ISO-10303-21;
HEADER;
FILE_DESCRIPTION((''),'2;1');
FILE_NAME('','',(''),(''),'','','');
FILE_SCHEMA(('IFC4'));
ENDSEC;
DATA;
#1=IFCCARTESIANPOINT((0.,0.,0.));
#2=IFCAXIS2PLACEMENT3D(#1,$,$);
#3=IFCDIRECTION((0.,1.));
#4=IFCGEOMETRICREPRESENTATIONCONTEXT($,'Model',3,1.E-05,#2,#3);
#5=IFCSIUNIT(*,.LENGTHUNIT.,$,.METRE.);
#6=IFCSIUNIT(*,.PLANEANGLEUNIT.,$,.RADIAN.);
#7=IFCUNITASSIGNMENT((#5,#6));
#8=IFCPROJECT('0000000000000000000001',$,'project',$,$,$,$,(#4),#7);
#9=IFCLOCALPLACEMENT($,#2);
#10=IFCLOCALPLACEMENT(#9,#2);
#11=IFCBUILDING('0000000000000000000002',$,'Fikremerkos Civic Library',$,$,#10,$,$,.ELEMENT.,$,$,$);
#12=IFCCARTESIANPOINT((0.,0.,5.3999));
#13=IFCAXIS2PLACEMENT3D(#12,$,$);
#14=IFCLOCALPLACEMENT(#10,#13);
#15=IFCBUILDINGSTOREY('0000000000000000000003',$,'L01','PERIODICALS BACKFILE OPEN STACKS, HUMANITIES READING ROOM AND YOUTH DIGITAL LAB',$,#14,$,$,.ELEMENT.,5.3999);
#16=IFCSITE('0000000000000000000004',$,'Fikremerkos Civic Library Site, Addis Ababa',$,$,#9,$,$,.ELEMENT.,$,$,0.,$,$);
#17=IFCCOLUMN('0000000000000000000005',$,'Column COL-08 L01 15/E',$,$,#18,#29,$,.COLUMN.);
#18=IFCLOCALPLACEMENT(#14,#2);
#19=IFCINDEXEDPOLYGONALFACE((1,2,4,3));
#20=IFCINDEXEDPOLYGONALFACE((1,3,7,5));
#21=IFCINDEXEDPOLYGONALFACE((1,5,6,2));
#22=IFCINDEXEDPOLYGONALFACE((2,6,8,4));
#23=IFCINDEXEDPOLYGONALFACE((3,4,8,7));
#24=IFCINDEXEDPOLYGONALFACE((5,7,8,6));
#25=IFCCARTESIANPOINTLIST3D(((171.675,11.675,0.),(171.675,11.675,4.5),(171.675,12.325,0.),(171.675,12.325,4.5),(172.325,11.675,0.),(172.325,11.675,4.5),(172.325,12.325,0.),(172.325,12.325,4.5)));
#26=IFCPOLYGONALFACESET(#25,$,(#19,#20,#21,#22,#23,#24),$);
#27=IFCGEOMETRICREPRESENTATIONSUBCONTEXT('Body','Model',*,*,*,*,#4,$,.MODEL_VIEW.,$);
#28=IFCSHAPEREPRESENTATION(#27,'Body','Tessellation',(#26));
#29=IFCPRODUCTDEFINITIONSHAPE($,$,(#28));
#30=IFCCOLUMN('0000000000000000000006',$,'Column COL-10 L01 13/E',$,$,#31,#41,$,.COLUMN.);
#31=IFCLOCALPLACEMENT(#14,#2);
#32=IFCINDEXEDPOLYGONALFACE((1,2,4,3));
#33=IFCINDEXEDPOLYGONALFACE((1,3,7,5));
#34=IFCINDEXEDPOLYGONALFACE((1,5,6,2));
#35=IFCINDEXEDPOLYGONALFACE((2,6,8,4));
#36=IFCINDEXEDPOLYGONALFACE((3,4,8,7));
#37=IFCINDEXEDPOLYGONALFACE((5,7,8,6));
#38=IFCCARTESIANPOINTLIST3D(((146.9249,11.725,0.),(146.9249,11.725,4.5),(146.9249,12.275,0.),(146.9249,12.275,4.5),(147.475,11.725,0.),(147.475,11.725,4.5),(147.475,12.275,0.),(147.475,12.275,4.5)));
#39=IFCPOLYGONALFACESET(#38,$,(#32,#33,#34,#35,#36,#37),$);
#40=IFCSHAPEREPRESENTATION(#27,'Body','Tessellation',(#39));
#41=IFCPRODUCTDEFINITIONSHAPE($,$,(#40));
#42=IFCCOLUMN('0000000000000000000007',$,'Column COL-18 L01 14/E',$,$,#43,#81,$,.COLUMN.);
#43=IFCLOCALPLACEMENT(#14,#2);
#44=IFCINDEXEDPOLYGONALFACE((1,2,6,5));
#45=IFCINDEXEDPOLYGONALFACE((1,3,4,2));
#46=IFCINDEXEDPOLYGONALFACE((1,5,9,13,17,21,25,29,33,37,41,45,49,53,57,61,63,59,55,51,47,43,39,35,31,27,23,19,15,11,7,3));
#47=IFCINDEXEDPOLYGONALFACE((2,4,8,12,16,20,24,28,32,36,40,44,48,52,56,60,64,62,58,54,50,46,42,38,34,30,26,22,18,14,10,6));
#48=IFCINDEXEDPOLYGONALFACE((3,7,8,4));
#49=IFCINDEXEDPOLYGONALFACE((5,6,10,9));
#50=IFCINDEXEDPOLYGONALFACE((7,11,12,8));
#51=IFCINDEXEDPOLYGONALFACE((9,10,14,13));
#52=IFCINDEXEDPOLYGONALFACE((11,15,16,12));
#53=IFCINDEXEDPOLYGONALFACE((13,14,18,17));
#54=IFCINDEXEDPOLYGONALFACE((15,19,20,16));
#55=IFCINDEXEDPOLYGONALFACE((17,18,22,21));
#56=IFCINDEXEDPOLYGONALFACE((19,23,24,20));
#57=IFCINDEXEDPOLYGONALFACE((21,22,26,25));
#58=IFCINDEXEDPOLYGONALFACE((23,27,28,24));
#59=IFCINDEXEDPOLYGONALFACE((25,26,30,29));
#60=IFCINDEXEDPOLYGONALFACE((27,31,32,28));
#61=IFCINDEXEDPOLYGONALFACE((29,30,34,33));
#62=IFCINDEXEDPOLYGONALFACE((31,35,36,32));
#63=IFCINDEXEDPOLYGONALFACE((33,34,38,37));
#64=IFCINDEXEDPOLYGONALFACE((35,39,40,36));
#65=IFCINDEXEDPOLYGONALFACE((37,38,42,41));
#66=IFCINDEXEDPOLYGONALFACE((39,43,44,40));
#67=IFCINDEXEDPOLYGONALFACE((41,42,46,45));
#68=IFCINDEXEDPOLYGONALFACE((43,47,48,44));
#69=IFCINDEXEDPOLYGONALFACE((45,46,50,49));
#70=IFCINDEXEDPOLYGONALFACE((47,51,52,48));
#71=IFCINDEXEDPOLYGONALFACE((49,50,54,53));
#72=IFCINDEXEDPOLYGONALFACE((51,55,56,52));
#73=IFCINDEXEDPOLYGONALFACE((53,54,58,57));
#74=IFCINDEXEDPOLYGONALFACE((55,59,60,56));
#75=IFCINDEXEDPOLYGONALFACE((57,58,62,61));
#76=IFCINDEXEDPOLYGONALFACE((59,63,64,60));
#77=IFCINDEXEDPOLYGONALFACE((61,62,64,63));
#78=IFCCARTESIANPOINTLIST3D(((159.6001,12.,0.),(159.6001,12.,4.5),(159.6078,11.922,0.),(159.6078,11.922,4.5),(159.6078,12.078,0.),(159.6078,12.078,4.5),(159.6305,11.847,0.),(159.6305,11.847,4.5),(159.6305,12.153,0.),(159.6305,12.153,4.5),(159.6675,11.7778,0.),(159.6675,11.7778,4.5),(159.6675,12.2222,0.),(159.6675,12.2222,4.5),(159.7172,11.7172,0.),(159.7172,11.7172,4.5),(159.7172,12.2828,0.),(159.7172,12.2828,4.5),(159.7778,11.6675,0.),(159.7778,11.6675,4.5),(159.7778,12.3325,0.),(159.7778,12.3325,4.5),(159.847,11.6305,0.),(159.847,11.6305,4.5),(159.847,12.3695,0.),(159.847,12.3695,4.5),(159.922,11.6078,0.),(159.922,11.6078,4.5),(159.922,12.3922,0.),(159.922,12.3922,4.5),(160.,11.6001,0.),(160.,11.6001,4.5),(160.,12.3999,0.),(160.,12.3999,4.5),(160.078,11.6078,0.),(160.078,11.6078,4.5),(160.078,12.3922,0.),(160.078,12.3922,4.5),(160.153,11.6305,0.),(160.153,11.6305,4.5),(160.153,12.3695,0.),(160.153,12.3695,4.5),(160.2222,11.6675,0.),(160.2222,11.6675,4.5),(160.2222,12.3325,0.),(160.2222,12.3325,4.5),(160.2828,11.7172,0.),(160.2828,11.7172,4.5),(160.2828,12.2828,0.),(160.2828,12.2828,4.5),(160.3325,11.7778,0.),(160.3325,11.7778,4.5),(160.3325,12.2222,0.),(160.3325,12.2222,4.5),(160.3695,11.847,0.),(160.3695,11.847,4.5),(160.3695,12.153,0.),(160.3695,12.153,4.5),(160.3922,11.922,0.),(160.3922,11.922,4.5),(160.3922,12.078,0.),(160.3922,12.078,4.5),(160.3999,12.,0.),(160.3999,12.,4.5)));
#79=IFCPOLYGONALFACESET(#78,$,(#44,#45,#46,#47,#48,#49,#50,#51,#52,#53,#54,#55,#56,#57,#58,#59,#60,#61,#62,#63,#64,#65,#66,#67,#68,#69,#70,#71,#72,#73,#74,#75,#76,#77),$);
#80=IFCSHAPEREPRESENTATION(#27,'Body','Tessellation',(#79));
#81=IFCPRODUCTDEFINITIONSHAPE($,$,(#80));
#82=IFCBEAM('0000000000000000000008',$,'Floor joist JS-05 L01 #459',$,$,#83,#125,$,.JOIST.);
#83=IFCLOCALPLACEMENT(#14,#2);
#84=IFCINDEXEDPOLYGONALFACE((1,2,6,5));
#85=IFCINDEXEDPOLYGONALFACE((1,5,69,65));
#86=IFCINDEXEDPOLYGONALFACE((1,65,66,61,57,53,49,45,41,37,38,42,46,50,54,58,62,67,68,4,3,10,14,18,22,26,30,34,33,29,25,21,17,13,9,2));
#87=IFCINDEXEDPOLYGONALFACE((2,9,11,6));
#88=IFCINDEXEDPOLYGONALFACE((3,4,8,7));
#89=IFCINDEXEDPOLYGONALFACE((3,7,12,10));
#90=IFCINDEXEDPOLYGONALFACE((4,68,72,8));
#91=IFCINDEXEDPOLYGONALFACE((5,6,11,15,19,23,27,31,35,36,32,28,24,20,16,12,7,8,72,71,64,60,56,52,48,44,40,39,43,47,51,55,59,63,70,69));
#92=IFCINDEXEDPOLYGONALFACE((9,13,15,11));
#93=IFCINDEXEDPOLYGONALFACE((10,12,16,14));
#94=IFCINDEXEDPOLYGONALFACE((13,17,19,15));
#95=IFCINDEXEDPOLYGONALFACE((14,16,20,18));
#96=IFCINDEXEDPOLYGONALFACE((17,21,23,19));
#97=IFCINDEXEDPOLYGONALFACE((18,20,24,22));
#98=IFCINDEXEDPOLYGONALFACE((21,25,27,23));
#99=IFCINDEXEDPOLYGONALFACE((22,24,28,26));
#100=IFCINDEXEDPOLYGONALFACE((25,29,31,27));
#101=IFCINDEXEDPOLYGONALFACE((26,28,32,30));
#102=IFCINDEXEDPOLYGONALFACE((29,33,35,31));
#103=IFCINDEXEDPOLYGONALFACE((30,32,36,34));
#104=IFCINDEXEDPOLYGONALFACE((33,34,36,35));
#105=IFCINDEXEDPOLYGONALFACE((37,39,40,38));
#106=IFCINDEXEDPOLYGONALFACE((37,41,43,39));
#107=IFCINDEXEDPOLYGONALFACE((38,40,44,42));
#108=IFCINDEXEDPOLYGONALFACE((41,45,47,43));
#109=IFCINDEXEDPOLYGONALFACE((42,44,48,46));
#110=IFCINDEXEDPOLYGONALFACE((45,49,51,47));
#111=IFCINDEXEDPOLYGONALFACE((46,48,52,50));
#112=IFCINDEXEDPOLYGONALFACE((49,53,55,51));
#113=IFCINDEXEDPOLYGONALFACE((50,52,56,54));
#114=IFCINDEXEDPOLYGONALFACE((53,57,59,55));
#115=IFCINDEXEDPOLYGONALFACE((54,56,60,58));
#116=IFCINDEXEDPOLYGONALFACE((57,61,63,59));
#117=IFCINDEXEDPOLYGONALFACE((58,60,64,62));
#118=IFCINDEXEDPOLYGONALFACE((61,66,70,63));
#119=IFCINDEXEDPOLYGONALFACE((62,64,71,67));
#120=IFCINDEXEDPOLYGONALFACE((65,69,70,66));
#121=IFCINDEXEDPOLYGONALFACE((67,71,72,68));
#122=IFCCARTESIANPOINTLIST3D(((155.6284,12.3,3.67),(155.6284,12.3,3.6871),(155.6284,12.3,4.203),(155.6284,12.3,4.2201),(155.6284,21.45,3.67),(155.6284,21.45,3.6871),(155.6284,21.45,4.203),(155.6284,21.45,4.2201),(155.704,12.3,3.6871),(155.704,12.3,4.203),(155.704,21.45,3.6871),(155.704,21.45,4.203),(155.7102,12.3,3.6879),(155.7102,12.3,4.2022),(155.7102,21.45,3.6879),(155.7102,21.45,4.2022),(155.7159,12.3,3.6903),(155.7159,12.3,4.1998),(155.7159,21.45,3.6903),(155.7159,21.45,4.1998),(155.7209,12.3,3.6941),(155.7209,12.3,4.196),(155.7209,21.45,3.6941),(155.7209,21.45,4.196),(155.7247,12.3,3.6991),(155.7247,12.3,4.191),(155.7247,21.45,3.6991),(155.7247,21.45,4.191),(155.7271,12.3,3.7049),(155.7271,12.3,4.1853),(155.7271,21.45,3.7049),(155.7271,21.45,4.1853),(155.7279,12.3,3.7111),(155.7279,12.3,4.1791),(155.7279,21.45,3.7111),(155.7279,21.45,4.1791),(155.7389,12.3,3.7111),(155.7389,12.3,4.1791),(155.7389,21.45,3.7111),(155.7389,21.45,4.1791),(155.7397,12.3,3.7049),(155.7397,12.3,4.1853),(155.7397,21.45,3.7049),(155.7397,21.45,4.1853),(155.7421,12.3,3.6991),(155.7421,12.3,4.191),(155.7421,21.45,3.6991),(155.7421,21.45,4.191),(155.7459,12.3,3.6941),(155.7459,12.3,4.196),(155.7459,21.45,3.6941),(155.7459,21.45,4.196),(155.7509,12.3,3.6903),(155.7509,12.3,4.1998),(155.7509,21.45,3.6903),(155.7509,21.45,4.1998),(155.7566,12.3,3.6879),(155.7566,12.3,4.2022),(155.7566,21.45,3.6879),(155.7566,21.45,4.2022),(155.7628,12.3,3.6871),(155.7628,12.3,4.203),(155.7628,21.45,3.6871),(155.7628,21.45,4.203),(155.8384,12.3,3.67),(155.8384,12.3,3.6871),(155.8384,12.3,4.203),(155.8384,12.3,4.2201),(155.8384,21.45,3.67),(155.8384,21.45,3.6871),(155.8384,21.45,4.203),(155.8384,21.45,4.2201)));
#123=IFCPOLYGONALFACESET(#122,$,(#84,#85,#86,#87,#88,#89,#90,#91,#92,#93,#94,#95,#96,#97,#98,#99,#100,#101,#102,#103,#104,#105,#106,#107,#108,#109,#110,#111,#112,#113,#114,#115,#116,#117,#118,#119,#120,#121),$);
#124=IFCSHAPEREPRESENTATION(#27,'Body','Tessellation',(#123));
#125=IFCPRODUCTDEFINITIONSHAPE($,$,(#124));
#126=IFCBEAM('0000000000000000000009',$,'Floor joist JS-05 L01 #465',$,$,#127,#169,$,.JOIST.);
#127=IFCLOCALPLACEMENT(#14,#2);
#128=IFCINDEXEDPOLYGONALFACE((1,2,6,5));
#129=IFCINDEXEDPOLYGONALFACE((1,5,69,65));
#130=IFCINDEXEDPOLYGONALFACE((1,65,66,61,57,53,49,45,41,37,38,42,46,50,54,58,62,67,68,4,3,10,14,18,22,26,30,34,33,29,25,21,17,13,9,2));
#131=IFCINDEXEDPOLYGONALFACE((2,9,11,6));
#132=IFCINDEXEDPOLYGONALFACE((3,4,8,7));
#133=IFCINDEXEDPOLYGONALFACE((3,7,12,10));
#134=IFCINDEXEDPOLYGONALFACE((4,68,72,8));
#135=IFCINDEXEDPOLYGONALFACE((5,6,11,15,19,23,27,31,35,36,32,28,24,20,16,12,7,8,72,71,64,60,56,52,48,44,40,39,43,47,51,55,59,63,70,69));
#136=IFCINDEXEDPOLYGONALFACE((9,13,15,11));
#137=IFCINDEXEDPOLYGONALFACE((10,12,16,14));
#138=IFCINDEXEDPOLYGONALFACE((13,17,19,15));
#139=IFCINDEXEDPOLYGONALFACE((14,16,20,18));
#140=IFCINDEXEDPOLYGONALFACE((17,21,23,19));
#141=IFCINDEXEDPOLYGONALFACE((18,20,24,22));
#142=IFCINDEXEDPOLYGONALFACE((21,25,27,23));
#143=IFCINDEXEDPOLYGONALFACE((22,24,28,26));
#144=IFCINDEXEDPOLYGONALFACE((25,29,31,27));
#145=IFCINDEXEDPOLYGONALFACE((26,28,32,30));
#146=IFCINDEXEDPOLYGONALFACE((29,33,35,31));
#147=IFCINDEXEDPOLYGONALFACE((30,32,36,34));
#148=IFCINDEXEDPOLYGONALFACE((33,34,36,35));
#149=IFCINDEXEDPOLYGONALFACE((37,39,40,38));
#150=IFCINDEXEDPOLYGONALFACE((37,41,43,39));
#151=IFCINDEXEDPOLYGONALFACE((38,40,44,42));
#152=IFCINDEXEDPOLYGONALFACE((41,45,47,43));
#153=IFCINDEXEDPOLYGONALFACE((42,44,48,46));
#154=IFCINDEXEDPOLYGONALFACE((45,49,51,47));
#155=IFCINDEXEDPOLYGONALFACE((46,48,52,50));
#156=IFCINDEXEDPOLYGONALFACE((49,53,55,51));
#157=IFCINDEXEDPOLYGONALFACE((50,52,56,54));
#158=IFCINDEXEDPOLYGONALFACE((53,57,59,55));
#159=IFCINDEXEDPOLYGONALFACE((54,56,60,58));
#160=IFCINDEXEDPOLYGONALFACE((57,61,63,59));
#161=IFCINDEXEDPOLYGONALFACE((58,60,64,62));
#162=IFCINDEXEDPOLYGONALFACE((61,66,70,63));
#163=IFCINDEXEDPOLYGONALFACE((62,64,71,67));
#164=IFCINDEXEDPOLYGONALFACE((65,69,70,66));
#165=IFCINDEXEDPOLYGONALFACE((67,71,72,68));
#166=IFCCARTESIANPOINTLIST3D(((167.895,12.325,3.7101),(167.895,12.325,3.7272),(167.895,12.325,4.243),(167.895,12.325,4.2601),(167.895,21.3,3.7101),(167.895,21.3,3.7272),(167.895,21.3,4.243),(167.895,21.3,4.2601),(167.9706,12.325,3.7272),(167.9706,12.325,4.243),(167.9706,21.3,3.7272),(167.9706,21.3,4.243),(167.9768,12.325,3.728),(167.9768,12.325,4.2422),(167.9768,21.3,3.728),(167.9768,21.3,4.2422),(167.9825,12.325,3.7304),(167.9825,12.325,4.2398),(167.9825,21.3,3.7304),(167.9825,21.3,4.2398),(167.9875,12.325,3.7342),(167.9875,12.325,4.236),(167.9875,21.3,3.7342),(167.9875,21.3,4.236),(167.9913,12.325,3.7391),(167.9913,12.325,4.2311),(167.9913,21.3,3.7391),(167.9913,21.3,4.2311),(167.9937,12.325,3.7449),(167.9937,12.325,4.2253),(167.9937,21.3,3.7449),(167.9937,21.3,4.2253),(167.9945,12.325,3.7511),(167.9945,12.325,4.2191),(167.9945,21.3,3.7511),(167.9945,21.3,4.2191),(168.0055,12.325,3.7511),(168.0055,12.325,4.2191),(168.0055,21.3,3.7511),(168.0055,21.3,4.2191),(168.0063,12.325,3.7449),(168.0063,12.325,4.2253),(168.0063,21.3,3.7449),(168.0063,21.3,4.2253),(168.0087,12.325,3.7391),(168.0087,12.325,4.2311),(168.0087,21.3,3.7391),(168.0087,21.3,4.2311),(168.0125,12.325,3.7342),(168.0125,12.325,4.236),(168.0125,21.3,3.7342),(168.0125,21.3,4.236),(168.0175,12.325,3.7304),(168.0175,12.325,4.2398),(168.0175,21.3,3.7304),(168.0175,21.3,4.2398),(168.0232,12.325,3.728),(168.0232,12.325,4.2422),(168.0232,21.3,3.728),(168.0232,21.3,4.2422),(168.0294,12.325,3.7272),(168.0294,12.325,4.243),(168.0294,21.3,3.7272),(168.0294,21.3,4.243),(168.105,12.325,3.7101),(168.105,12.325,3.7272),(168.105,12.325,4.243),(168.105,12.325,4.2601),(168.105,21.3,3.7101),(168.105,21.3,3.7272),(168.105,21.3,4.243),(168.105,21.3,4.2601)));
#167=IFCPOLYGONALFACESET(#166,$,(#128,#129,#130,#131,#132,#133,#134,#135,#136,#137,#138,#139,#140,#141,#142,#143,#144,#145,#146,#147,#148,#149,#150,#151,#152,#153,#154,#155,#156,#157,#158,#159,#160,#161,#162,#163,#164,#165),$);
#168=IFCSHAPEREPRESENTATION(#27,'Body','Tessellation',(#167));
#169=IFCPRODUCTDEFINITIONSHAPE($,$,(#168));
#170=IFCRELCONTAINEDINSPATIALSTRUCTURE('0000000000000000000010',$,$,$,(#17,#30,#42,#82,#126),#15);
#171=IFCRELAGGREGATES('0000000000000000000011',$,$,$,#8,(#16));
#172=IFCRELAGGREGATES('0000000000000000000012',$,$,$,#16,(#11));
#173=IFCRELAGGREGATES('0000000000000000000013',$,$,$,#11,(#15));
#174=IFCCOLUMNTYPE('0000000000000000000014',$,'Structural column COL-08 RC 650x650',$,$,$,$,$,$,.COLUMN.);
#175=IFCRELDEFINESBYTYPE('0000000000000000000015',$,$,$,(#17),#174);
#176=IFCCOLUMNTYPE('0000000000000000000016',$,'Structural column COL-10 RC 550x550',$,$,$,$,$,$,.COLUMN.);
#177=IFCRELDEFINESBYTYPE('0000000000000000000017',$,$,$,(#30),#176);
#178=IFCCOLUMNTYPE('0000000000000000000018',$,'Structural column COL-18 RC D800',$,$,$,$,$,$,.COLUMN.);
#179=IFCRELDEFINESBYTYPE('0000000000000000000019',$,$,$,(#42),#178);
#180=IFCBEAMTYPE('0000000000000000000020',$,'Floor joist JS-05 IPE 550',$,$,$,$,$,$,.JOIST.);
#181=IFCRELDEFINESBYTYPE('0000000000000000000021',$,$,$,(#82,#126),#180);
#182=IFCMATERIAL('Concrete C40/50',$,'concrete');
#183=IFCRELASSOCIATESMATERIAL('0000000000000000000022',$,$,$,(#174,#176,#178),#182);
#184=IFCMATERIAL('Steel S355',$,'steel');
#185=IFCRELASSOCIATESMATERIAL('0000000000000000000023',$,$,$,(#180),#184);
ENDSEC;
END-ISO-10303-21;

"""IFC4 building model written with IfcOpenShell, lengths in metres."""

from ifc_helpers import new_model, si_unit, direction, frame, origin, origin_2d, place, context, subcontext, project, spatial, rectangle, circle, i_section, extrude, material, material_profile, profile_set, type_object, element, save


model = new_model("IFC4")

# Units and contexts
model_context = context("Model", 3, precision=1e-05, world=origin(), true_north=direction((0.0, 1.0)))
body_context = subcontext(model_context, "Body", "Model", "MODEL_VIEW")
ifc_project = project(units=[si_unit("LENGTHUNIT", "METRE"), si_unit("PLANEANGLEUNIT", "RADIAN")], contexts=[model_context])

# Site, building, storey
site_placement = place(None, origin())
site = spatial("IfcSite", under=ifc_project, at=site_placement, Name="Fikremerkos Civic Library Site, Addis Ababa", CompositionType="ELEMENT", RefElevation=0.0)
building_placement = place(site_placement, origin())
building = spatial("IfcBuilding", under=site, at=building_placement, Name="Fikremerkos Civic Library", CompositionType="ELEMENT")
storey_placement = place(building_placement, frame((0.0, 0.0, 5.3999)))
storey = spatial("IfcBuildingStorey", under=building, at=storey_placement, Name="L01", Description="PERIODICALS BACKFILE OPEN STACKS, HUMANITIES READING ROOM AND YOUTH DIGITAL LAB", CompositionType="ELEMENT", Elevation=5.3999)

# Columns
ifc_material_1 = material(Name="Concrete C40/50", Category="concrete")
ifc_material_profile_1 = material_profile(ifc_material_1, rectangle(XDim=0.6499, YDim=0.6499, at=origin_2d()), Name="RC 650x650")
ifc_profile_set_1 = profile_set([ifc_material_profile_1], Name="Concrete C40/50")
column_type_1 = type_object("IfcColumnType", Name="Structural column COL-08 RC 650x650", PredefinedType="COLUMN", material=ifc_profile_set_1)
column_1_placement = place(storey_placement, frame((172.0, 12.0, 0.0), z_axis=(0.0, 0.0, 1.0), x_axis=(1.0, 0.0, 0.0)))
element("IfcColumn", 1, at=column_1_placement, inside=storey, type_object=column_type_1, Name="Column COL-08 L01 15/E", PredefinedType="COLUMN", context=body_context, shape_type="SweptSolid", body=[
    extrude(rectangle(XDim=0.6499, YDim=0.6499, at=origin_2d()), origin(), (0.0, 0.0, 1.0), 4.5),
])
ifc_material_profile_2 = material_profile(ifc_material_1, rectangle(XDim=0.55, YDim=0.55, at=origin_2d()), Name="RC 550x550")
ifc_profile_set_2 = profile_set([ifc_material_profile_2], Name="Concrete C40/50")
column_type_2 = type_object("IfcColumnType", Name="Structural column COL-10 RC 550x550", PredefinedType="COLUMN", material=ifc_profile_set_2)
column_2_placement = place(storey_placement, frame((147.2, 12.0, 0.0), z_axis=(0.0, 0.0, 1.0), x_axis=(1.0, 0.0, 0.0)))
element("IfcColumn", 2, at=column_2_placement, inside=storey, type_object=column_type_2, Name="Column COL-10 L01 13/E", PredefinedType="COLUMN", context=body_context, shape_type="SweptSolid", body=[
    extrude(rectangle(XDim=0.55, YDim=0.55, at=origin_2d()), origin(), (0.0, 0.0, 1.0), 4.5),
])
ifc_material_profile_3 = material_profile(ifc_material_1, circle(Radius=0.3999, at=origin_2d()), Name="RC D800")
ifc_profile_set_3 = profile_set([ifc_material_profile_3], Name="Concrete C40/50")
column_type_3 = type_object("IfcColumnType", Name="Structural column COL-18 RC D800", PredefinedType="COLUMN", material=ifc_profile_set_3)
column_3_placement = place(storey_placement, frame((160.0, 12.0, 0.0), z_axis=(0.0, 0.0, 1.0), x_axis=(1.0, 0.0, 0.0)))
element("IfcColumn", 3, at=column_3_placement, inside=storey, type_object=column_type_3, Name="Column COL-18 L01 14/E", PredefinedType="COLUMN", context=body_context, shape_type="SweptSolid", body=[
    extrude(circle(Radius=0.3999, at=origin_2d()), origin(), (0.0, 0.0, 1.0), 4.5),
])

# Beams
ifc_material_2 = material(Name="Steel S355", Category="steel")
ifc_material_profile_4 = material_profile(ifc_material_2, i_section(OverallWidth=0.21, OverallDepth=0.55, WebThickness=0.011, FlangeThickness=0.0171, FilletRadius=0.0239, at=origin_2d()), Name="IPE 550")
ifc_profile_set_4 = profile_set([ifc_material_profile_4], Name="Steel S355")
beam_type_1 = type_object("IfcBeamType", Name="Floor joist JS-05 IPE 550", PredefinedType="JOIST", material=ifc_profile_set_4)
beam_1_placement = place(storey_placement, frame((155.7334, 12.3, 3.9451), z_axis=(0.0, 1.0, 0.0), x_axis=(-1.0, 0.0, 0.0)))
element("IfcBeam", 4, at=beam_1_placement, inside=storey, type_object=beam_type_1, Name="Floor joist JS-05 L01 #459", PredefinedType="JOIST", context=body_context, shape_type="SweptSolid", body=[
    extrude(i_section(OverallWidth=0.21, OverallDepth=0.55, WebThickness=0.011, FlangeThickness=0.0171, FilletRadius=0.0239, at=origin_2d()), origin(), (0.0, 0.0, 1.0), 9.1499),
])
beam_2_placement = place(storey_placement, frame((168.0, 12.325, 3.9851), z_axis=(0.0, 1.0, 0.0), x_axis=(-1.0, 0.0, 0.0)))
element("IfcBeam", 5, at=beam_2_placement, inside=storey, type_object=beam_type_1, Name="Floor joist JS-05 L01 #465", PredefinedType="JOIST", context=body_context, shape_type="SweptSolid", body=[
    extrude(i_section(OverallWidth=0.21, OverallDepth=0.55, WebThickness=0.011, FlangeThickness=0.0171, FilletRadius=0.0239, at=origin_2d()), origin(), (0.0, 0.0, 1.0), 8.9751),
])

save(model, "model.ifc")
